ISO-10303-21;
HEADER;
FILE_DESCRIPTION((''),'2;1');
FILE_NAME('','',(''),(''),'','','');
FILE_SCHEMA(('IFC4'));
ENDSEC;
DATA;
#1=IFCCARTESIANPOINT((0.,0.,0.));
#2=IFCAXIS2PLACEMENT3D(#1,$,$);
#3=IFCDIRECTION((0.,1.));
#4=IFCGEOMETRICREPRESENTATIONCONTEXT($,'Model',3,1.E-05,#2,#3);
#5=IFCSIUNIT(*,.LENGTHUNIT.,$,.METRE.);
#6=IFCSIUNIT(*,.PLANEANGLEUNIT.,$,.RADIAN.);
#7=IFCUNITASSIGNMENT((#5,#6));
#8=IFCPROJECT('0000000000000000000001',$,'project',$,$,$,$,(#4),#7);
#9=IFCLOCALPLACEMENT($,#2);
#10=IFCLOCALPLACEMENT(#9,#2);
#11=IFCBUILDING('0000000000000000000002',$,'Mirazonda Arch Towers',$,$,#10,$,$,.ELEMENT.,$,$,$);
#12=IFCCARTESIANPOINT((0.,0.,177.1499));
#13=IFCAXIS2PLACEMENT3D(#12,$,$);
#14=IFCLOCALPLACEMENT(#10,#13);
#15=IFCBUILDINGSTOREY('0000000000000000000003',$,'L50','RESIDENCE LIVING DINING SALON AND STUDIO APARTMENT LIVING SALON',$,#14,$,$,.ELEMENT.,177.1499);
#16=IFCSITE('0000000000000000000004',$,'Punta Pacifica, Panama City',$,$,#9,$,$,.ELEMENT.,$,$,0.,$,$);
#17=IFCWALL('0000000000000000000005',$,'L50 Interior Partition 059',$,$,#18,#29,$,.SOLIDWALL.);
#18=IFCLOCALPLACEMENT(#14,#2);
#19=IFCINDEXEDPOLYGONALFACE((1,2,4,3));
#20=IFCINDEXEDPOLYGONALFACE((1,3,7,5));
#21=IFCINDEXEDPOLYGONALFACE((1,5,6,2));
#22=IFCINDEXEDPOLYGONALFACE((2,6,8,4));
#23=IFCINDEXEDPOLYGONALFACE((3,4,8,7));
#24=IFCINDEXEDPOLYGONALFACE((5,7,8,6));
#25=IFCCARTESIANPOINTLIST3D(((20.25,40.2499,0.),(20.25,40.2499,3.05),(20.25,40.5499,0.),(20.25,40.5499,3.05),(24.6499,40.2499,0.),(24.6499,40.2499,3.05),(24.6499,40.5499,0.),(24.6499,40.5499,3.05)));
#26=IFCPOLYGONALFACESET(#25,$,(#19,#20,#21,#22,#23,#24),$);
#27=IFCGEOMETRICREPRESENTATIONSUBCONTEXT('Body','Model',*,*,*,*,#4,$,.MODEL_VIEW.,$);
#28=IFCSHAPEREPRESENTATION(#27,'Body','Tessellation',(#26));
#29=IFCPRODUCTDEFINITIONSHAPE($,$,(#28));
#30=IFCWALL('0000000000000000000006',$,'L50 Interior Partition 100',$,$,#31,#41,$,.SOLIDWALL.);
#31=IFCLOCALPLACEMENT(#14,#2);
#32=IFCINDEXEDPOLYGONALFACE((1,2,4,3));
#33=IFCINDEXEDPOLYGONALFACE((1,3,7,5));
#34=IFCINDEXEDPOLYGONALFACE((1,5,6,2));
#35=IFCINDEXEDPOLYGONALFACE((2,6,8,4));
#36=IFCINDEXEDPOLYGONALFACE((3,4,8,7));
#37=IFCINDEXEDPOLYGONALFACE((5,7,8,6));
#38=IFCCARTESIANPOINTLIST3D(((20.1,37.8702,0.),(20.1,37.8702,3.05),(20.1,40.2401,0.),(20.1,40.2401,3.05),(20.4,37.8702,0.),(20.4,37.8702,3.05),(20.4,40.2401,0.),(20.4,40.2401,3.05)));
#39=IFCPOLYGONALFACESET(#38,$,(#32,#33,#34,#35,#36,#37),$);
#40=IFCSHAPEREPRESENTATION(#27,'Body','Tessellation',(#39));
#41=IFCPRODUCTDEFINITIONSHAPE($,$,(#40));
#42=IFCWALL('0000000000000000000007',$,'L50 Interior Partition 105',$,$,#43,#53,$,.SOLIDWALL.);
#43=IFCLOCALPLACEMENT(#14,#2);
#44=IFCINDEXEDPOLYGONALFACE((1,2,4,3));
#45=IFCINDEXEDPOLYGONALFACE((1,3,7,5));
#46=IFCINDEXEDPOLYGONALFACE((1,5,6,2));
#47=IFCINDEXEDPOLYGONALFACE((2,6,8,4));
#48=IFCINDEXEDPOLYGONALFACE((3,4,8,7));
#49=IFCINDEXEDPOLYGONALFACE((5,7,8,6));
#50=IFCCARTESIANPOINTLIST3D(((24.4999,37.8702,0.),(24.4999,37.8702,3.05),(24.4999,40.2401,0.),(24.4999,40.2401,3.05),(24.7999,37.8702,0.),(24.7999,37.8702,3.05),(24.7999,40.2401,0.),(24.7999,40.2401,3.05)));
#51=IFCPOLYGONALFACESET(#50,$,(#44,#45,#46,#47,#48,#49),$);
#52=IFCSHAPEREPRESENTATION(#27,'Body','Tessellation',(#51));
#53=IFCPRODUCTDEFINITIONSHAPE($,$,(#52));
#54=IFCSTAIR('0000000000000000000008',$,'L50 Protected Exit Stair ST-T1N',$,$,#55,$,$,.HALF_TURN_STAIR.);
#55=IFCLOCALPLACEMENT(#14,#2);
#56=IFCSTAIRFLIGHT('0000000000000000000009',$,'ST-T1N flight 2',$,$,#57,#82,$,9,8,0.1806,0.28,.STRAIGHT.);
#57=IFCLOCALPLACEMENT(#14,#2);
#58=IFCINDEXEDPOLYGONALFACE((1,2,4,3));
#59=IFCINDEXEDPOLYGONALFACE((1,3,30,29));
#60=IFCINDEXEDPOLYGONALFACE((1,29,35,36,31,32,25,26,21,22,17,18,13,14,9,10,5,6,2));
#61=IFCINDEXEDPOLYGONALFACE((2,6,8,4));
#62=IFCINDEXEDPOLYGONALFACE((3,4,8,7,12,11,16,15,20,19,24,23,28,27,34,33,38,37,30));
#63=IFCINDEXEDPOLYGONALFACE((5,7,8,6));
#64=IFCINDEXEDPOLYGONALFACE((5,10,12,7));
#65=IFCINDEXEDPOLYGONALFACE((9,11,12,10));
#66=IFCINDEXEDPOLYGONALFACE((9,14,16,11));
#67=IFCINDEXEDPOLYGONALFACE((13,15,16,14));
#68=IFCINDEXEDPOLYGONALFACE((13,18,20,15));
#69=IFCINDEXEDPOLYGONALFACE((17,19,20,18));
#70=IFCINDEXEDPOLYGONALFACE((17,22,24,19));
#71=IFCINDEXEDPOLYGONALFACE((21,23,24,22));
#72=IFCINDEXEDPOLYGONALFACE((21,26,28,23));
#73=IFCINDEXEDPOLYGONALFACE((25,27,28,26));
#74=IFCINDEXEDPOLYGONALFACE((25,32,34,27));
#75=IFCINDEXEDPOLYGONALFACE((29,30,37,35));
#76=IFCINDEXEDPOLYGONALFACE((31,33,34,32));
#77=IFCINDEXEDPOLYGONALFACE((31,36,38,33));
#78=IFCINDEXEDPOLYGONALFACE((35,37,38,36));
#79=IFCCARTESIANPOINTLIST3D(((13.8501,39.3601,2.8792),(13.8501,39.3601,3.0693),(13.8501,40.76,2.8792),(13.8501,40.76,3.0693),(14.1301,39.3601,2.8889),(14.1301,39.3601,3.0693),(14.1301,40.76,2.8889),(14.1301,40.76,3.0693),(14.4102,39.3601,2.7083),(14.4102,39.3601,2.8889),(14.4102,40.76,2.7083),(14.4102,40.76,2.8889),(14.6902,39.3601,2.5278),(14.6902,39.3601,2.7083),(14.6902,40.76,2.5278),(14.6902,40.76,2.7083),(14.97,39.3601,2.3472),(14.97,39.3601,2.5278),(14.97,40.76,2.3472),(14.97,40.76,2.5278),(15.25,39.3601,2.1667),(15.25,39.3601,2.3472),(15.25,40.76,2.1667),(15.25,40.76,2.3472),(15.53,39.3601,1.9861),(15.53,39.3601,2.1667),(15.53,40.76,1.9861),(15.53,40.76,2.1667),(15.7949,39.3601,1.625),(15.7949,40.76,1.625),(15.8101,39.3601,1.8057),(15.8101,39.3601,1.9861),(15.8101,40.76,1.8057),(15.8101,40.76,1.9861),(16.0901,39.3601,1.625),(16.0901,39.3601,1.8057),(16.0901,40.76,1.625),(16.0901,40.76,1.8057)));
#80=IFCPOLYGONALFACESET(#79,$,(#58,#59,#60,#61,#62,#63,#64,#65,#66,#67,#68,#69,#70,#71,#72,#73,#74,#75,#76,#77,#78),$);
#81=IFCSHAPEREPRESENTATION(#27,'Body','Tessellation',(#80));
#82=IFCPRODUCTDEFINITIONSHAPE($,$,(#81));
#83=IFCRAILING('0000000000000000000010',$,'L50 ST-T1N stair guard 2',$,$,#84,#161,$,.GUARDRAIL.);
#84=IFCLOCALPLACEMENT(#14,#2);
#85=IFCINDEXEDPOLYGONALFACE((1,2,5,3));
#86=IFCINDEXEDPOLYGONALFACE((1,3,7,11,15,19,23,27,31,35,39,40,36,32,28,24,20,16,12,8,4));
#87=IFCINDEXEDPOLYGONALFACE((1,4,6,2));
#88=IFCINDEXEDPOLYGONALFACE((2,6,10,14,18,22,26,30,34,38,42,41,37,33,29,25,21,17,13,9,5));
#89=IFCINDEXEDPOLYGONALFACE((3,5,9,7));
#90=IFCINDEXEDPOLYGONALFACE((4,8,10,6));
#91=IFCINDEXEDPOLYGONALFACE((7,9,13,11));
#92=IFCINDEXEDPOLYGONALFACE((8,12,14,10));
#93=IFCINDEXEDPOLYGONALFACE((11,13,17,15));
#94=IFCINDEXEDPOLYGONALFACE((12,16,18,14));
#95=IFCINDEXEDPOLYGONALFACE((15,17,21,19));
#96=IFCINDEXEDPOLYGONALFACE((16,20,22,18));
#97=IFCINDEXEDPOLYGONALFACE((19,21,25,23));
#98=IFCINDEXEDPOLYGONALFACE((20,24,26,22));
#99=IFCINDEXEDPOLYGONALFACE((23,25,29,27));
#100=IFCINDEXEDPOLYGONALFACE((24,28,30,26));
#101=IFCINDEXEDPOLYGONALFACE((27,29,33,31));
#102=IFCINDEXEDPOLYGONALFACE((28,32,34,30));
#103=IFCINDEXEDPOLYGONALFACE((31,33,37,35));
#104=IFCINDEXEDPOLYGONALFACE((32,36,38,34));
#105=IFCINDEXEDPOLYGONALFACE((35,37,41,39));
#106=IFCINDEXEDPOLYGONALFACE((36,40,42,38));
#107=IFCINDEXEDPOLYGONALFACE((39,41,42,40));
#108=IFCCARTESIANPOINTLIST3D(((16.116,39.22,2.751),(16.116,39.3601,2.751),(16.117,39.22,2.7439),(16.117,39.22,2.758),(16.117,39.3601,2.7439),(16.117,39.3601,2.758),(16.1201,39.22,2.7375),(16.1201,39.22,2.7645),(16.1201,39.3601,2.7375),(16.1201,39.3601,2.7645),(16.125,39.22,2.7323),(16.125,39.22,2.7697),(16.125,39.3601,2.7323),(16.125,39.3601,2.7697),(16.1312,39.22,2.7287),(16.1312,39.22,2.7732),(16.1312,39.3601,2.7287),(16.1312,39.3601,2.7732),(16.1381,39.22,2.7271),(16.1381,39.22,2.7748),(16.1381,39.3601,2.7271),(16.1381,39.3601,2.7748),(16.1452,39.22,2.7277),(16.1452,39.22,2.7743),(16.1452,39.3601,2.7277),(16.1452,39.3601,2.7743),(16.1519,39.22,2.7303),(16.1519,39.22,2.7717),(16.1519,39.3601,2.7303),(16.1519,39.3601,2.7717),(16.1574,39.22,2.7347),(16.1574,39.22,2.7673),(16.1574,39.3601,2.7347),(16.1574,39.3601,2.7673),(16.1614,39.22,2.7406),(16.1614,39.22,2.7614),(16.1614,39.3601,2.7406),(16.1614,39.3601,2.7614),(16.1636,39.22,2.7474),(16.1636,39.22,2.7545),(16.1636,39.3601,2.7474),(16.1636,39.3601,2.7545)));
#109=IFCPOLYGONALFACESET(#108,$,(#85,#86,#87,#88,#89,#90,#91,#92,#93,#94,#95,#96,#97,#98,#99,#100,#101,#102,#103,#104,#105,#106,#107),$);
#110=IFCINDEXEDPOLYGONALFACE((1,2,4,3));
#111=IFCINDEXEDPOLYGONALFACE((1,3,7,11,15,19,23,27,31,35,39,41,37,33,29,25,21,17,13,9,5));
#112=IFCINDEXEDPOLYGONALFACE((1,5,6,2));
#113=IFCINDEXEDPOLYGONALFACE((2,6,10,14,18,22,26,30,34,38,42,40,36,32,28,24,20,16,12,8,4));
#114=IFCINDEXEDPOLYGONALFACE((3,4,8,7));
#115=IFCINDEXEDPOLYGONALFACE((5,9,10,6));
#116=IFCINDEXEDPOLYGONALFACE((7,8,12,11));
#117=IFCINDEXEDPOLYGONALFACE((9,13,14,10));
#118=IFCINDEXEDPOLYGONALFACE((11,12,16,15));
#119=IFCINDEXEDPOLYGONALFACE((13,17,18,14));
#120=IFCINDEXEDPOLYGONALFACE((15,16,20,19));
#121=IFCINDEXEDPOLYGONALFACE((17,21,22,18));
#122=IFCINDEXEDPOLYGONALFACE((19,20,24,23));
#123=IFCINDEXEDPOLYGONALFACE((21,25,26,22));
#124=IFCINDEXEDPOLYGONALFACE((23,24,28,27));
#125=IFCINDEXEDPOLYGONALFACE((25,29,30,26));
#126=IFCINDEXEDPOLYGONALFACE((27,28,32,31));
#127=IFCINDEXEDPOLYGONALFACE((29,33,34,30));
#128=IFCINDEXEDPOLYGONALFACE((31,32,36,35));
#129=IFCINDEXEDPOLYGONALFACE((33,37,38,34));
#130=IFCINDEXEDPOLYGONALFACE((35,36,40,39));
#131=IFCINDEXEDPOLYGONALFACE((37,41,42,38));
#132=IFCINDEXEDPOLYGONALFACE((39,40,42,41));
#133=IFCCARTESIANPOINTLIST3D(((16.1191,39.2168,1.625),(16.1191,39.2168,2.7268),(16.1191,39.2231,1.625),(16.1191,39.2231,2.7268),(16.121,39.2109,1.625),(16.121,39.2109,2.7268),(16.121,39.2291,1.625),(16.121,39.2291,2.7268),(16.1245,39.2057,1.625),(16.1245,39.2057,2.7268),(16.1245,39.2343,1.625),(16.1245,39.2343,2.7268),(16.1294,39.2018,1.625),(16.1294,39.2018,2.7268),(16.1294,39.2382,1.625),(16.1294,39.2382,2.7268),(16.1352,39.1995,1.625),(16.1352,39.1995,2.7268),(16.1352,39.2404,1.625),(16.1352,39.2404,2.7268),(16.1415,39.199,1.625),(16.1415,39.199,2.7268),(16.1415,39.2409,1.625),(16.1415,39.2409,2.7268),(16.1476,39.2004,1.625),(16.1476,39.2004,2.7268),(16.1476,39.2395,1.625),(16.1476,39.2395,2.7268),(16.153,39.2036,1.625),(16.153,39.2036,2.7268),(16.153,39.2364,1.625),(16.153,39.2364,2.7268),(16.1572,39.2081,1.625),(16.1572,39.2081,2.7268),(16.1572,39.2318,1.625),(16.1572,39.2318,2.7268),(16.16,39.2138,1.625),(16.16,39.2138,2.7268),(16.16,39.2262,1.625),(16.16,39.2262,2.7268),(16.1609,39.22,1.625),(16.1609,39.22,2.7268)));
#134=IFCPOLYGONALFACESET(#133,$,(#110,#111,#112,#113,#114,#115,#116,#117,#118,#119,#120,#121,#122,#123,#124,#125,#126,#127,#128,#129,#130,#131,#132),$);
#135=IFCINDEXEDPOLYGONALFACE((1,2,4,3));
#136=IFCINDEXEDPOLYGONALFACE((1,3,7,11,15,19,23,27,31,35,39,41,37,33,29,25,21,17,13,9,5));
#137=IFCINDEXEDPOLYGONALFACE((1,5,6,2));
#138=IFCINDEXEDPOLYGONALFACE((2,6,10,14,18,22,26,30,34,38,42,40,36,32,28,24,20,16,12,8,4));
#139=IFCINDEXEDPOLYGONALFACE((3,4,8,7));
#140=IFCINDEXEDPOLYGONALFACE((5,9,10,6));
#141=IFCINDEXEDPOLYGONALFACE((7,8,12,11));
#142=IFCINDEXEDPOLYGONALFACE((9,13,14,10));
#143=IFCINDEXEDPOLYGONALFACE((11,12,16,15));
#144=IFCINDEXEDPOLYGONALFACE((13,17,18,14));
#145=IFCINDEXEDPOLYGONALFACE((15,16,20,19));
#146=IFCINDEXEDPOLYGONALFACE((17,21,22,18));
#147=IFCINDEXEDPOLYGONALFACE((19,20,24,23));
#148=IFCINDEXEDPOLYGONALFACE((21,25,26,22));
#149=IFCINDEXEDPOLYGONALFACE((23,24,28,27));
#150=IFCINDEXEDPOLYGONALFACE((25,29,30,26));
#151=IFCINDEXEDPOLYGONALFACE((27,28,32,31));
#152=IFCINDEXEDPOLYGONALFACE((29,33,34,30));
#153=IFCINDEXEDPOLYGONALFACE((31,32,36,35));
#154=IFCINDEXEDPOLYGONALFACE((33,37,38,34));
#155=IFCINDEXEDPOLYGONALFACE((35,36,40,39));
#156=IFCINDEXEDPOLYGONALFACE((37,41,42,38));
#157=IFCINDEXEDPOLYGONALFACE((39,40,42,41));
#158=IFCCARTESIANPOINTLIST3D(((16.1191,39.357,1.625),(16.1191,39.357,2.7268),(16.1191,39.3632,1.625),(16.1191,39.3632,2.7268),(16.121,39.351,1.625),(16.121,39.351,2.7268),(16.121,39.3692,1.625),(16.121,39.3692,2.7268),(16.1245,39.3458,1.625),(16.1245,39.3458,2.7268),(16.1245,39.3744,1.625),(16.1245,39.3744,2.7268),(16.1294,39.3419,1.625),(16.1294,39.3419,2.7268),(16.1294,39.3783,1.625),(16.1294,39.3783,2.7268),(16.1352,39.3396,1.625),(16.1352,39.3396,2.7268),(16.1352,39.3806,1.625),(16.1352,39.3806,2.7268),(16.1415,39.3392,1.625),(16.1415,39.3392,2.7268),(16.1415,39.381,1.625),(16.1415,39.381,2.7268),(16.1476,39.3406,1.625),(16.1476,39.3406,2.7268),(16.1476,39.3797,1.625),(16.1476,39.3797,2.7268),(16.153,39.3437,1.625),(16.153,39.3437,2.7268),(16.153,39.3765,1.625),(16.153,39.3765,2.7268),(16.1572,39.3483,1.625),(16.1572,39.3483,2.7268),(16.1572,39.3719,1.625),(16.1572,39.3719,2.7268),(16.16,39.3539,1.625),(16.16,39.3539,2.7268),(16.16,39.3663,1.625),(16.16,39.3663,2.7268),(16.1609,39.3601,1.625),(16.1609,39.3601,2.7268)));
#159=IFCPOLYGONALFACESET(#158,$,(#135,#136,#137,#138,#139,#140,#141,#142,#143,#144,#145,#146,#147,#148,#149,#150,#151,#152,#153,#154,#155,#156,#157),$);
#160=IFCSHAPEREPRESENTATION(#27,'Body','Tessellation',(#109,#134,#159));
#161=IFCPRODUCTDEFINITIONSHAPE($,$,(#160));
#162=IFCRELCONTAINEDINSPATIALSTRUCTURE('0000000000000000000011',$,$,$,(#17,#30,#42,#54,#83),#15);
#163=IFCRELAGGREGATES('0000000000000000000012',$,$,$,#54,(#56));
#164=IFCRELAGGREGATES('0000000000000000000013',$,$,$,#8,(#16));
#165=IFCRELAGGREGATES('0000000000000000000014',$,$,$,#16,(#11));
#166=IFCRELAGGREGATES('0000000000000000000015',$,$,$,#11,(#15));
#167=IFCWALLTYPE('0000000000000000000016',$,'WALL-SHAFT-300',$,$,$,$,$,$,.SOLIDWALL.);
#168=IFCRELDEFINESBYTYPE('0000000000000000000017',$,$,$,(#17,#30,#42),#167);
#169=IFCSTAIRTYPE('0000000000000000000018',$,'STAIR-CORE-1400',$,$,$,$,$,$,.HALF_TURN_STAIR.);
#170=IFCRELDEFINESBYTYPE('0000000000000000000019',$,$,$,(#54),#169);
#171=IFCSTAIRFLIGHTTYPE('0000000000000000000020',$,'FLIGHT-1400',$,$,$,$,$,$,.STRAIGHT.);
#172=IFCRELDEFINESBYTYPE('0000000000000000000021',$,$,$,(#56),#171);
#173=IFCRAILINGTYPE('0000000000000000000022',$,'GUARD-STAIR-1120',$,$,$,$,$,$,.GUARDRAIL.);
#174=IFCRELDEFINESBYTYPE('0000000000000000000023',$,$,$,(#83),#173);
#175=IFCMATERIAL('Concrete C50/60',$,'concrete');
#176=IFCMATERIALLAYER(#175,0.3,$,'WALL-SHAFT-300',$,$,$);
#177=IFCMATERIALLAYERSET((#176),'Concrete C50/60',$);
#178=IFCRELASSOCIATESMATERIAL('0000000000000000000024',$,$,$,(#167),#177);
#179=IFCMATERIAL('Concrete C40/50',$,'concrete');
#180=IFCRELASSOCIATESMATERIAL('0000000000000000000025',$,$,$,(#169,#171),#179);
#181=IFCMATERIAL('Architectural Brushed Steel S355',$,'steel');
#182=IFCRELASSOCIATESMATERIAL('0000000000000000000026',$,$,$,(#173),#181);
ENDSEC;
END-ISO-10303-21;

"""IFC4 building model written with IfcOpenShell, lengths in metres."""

from ifc_helpers import new_model, si_unit, direction, frame, frame_2d, origin, origin_2d, place, context, subcontext, project, spatial, polyline, rectangle, circle, outline, extrude, material, layer, layer_set, type_object, element, aggregate, save


model = new_model("IFC4")

# Units and contexts
model_context = context("Model", 3, precision=1e-05, world=origin(), true_north=direction((0.0, 1.0)))
body_context = subcontext(model_context, "Body", "Model", "MODEL_VIEW")
ifc_project = project(units=[si_unit("LENGTHUNIT", "METRE"), si_unit("PLANEANGLEUNIT", "RADIAN")], contexts=[model_context])

# Site, building, storey
site_placement = place(None, origin())
site = spatial("IfcSite", under=ifc_project, at=site_placement, Name="Punta Pacifica, Panama City", CompositionType="ELEMENT", RefElevation=0.0)
building_placement = place(site_placement, origin())
building = spatial("IfcBuilding", under=site, at=building_placement, Name="Mirazonda Arch Towers", CompositionType="ELEMENT")
storey_placement = place(building_placement, frame((0.0, 0.0, 177.1499)))
storey = spatial("IfcBuildingStorey", under=building, at=storey_placement, Name="L50", Description="RESIDENCE LIVING DINING SALON AND STUDIO APARTMENT LIVING SALON", CompositionType="ELEMENT", Elevation=177.1499)

# Shared definitions
ifc_material_1 = material(Name="Concrete C50/60", Category="concrete")

# Shared definitions
ifc_material_2 = material(Name="Concrete C40/50", Category="concrete")

# Shared definitions
ifc_material_3 = material(Name="Architectural Brushed Steel S355", Category="steel")

# Walls
ifc_layer_1 = layer(ifc_material_1, 0.3, Name="WALL-SHAFT-300")
ifc_layer_set_1 = layer_set([ifc_layer_1], Name="Concrete C50/60")
wall_type_1 = type_object("IfcWallType", Name="WALL-SHAFT-300", PredefinedType="SOLIDWALL", material=ifc_layer_set_1)
wall_1_placement = place(storey_placement, frame((20.25, 40.3999, 0.0), z_axis=(0.0, 0.0, 1.0), x_axis=(1.0, 0.0, 0.0)))
element("IfcWall", 1, at=wall_1_placement, inside=storey, type_object=wall_type_1, Name="L50 Interior Partition 059", PredefinedType="SOLIDWALL", context=body_context, shape_type="SweptSolid", body=[
    extrude(rectangle(XDim=4.3999, YDim=0.3, at=frame_2d((2.2, 0.0))), origin(), (0.0, 0.0, 1.0), 3.05),
])
for number, where, z_axis, x_axis, name in (
    (2, (20.25, 37.8701, 0.0), (0.0, 0.0, 1.0), (0.0, 1.0, 0.0), "L50 Interior Partition 100"),
    (3, (24.6499, 37.8701, 0.0), (0.0, 0.0, 1.0), (0.0, 1.0, 0.0), "L50 Interior Partition 105"),
):
    element("IfcWall", number, at=place(storey_placement, frame(where, z_axis=z_axis, x_axis=x_axis)), inside=storey, type_object=wall_type_1, Name=name, PredefinedType="SOLIDWALL", context=body_context, shape_type="SweptSolid", body=[
        extrude(rectangle(XDim=2.3699, YDim=0.3, at=frame_2d((1.1851, 0.0))), origin(), (0.0, 0.0, 1.0), 3.05),
    ])

# Stair, stair flight
stair_type = type_object("IfcStairType", Name="STAIR-CORE-1400", PredefinedType="HALF_TURN_STAIR", material=ifc_material_2)
stair_placement = place(storey_placement, origin())
stair = element("IfcStair", 4, at=stair_placement, inside=storey, type_object=stair_type, Name="L50 Protected Exit Stair ST-T1N", PredefinedType="HALF_TURN_STAIR")
stair_flight_type = type_object("IfcStairFlightType", Name="FLIGHT-1400", PredefinedType="STRAIGHT", material=ifc_material_2)
stair_flight_placement = place(storey_placement, frame((16.0901, 40.0601, 1.625), z_axis=(0.0, 0.0, 1.0), x_axis=(-1.0, 0.0, 0.0)))
stair_flight = element("IfcStairFlight", 5, at=stair_flight_placement, type_object=stair_flight_type, Name="ST-T1N flight 2", NumberOfRisers=9, NumberOfTreads=8, PredefinedType="STRAIGHT", RiserHeight=0.1806, TreadLength=0.28, context=body_context, shape_type="SweptSolid", body=[
    extrude(outline(polyline([(0.0, 0.0), (0.0, 0.1807), (0.28, 0.1807), (0.28, 0.3611), (0.5601, 0.3611), (0.5601, 0.5417), (0.8401, 0.5417), (0.8401, 0.7222), (1.1201, 0.7222), (1.1201, 0.9028), (1.3999, 0.9028), (1.3999, 1.0833), (1.6799, 1.0833), (1.6799, 1.2639), (1.96, 1.2639), (1.96, 1.4443), (2.24, 1.4443), (2.24, 1.625), (2.24, 1.2542), (0.2952, 0.0), (0.0, 0.0)])), frame((0.0, 0.7, 0.0), z_axis=(0.0, -1.0, 0.0), x_axis=(1.0, 0.0, 0.0)), (0.0, 0.0, 1.0), 1.3999),
])
aggregate(stair, [stair_flight])

# Railing
railing_type_1 = type_object("IfcRailingType", Name="GUARD-STAIR-1120", PredefinedType="GUARDRAIL", material=ifc_material_3)
railing_1_placement = place(storey_placement, frame((16.1399, 39.22, 1.625)))
element("IfcRailing", 6, at=railing_1_placement, inside=storey, type_object=railing_type_1, Name="L50 ST-T1N stair guard 2", PredefinedType="GUARDRAIL", context=body_context, shape_type="SweptSolid", body=[
    extrude(circle(Radius=0.0239, at=origin_2d()), frame((0.0, 0.0, 1.126), z_axis=(0.0, 1.0, 0.0), x_axis=(-1.0, 0.0, 0.0)), (0.0, 0.0, 1.0), 0.1401),
    extrude(circle(Radius=0.021, at=origin_2d()), origin(), (0.0, 0.0, 1.0), 1.1018),
    extrude(circle(Radius=0.021, at=origin_2d()), frame((0.0, 0.1401, 0.0)), (0.0, 0.0, 1.0), 1.1018),
])

save(model, "model.ifc")
